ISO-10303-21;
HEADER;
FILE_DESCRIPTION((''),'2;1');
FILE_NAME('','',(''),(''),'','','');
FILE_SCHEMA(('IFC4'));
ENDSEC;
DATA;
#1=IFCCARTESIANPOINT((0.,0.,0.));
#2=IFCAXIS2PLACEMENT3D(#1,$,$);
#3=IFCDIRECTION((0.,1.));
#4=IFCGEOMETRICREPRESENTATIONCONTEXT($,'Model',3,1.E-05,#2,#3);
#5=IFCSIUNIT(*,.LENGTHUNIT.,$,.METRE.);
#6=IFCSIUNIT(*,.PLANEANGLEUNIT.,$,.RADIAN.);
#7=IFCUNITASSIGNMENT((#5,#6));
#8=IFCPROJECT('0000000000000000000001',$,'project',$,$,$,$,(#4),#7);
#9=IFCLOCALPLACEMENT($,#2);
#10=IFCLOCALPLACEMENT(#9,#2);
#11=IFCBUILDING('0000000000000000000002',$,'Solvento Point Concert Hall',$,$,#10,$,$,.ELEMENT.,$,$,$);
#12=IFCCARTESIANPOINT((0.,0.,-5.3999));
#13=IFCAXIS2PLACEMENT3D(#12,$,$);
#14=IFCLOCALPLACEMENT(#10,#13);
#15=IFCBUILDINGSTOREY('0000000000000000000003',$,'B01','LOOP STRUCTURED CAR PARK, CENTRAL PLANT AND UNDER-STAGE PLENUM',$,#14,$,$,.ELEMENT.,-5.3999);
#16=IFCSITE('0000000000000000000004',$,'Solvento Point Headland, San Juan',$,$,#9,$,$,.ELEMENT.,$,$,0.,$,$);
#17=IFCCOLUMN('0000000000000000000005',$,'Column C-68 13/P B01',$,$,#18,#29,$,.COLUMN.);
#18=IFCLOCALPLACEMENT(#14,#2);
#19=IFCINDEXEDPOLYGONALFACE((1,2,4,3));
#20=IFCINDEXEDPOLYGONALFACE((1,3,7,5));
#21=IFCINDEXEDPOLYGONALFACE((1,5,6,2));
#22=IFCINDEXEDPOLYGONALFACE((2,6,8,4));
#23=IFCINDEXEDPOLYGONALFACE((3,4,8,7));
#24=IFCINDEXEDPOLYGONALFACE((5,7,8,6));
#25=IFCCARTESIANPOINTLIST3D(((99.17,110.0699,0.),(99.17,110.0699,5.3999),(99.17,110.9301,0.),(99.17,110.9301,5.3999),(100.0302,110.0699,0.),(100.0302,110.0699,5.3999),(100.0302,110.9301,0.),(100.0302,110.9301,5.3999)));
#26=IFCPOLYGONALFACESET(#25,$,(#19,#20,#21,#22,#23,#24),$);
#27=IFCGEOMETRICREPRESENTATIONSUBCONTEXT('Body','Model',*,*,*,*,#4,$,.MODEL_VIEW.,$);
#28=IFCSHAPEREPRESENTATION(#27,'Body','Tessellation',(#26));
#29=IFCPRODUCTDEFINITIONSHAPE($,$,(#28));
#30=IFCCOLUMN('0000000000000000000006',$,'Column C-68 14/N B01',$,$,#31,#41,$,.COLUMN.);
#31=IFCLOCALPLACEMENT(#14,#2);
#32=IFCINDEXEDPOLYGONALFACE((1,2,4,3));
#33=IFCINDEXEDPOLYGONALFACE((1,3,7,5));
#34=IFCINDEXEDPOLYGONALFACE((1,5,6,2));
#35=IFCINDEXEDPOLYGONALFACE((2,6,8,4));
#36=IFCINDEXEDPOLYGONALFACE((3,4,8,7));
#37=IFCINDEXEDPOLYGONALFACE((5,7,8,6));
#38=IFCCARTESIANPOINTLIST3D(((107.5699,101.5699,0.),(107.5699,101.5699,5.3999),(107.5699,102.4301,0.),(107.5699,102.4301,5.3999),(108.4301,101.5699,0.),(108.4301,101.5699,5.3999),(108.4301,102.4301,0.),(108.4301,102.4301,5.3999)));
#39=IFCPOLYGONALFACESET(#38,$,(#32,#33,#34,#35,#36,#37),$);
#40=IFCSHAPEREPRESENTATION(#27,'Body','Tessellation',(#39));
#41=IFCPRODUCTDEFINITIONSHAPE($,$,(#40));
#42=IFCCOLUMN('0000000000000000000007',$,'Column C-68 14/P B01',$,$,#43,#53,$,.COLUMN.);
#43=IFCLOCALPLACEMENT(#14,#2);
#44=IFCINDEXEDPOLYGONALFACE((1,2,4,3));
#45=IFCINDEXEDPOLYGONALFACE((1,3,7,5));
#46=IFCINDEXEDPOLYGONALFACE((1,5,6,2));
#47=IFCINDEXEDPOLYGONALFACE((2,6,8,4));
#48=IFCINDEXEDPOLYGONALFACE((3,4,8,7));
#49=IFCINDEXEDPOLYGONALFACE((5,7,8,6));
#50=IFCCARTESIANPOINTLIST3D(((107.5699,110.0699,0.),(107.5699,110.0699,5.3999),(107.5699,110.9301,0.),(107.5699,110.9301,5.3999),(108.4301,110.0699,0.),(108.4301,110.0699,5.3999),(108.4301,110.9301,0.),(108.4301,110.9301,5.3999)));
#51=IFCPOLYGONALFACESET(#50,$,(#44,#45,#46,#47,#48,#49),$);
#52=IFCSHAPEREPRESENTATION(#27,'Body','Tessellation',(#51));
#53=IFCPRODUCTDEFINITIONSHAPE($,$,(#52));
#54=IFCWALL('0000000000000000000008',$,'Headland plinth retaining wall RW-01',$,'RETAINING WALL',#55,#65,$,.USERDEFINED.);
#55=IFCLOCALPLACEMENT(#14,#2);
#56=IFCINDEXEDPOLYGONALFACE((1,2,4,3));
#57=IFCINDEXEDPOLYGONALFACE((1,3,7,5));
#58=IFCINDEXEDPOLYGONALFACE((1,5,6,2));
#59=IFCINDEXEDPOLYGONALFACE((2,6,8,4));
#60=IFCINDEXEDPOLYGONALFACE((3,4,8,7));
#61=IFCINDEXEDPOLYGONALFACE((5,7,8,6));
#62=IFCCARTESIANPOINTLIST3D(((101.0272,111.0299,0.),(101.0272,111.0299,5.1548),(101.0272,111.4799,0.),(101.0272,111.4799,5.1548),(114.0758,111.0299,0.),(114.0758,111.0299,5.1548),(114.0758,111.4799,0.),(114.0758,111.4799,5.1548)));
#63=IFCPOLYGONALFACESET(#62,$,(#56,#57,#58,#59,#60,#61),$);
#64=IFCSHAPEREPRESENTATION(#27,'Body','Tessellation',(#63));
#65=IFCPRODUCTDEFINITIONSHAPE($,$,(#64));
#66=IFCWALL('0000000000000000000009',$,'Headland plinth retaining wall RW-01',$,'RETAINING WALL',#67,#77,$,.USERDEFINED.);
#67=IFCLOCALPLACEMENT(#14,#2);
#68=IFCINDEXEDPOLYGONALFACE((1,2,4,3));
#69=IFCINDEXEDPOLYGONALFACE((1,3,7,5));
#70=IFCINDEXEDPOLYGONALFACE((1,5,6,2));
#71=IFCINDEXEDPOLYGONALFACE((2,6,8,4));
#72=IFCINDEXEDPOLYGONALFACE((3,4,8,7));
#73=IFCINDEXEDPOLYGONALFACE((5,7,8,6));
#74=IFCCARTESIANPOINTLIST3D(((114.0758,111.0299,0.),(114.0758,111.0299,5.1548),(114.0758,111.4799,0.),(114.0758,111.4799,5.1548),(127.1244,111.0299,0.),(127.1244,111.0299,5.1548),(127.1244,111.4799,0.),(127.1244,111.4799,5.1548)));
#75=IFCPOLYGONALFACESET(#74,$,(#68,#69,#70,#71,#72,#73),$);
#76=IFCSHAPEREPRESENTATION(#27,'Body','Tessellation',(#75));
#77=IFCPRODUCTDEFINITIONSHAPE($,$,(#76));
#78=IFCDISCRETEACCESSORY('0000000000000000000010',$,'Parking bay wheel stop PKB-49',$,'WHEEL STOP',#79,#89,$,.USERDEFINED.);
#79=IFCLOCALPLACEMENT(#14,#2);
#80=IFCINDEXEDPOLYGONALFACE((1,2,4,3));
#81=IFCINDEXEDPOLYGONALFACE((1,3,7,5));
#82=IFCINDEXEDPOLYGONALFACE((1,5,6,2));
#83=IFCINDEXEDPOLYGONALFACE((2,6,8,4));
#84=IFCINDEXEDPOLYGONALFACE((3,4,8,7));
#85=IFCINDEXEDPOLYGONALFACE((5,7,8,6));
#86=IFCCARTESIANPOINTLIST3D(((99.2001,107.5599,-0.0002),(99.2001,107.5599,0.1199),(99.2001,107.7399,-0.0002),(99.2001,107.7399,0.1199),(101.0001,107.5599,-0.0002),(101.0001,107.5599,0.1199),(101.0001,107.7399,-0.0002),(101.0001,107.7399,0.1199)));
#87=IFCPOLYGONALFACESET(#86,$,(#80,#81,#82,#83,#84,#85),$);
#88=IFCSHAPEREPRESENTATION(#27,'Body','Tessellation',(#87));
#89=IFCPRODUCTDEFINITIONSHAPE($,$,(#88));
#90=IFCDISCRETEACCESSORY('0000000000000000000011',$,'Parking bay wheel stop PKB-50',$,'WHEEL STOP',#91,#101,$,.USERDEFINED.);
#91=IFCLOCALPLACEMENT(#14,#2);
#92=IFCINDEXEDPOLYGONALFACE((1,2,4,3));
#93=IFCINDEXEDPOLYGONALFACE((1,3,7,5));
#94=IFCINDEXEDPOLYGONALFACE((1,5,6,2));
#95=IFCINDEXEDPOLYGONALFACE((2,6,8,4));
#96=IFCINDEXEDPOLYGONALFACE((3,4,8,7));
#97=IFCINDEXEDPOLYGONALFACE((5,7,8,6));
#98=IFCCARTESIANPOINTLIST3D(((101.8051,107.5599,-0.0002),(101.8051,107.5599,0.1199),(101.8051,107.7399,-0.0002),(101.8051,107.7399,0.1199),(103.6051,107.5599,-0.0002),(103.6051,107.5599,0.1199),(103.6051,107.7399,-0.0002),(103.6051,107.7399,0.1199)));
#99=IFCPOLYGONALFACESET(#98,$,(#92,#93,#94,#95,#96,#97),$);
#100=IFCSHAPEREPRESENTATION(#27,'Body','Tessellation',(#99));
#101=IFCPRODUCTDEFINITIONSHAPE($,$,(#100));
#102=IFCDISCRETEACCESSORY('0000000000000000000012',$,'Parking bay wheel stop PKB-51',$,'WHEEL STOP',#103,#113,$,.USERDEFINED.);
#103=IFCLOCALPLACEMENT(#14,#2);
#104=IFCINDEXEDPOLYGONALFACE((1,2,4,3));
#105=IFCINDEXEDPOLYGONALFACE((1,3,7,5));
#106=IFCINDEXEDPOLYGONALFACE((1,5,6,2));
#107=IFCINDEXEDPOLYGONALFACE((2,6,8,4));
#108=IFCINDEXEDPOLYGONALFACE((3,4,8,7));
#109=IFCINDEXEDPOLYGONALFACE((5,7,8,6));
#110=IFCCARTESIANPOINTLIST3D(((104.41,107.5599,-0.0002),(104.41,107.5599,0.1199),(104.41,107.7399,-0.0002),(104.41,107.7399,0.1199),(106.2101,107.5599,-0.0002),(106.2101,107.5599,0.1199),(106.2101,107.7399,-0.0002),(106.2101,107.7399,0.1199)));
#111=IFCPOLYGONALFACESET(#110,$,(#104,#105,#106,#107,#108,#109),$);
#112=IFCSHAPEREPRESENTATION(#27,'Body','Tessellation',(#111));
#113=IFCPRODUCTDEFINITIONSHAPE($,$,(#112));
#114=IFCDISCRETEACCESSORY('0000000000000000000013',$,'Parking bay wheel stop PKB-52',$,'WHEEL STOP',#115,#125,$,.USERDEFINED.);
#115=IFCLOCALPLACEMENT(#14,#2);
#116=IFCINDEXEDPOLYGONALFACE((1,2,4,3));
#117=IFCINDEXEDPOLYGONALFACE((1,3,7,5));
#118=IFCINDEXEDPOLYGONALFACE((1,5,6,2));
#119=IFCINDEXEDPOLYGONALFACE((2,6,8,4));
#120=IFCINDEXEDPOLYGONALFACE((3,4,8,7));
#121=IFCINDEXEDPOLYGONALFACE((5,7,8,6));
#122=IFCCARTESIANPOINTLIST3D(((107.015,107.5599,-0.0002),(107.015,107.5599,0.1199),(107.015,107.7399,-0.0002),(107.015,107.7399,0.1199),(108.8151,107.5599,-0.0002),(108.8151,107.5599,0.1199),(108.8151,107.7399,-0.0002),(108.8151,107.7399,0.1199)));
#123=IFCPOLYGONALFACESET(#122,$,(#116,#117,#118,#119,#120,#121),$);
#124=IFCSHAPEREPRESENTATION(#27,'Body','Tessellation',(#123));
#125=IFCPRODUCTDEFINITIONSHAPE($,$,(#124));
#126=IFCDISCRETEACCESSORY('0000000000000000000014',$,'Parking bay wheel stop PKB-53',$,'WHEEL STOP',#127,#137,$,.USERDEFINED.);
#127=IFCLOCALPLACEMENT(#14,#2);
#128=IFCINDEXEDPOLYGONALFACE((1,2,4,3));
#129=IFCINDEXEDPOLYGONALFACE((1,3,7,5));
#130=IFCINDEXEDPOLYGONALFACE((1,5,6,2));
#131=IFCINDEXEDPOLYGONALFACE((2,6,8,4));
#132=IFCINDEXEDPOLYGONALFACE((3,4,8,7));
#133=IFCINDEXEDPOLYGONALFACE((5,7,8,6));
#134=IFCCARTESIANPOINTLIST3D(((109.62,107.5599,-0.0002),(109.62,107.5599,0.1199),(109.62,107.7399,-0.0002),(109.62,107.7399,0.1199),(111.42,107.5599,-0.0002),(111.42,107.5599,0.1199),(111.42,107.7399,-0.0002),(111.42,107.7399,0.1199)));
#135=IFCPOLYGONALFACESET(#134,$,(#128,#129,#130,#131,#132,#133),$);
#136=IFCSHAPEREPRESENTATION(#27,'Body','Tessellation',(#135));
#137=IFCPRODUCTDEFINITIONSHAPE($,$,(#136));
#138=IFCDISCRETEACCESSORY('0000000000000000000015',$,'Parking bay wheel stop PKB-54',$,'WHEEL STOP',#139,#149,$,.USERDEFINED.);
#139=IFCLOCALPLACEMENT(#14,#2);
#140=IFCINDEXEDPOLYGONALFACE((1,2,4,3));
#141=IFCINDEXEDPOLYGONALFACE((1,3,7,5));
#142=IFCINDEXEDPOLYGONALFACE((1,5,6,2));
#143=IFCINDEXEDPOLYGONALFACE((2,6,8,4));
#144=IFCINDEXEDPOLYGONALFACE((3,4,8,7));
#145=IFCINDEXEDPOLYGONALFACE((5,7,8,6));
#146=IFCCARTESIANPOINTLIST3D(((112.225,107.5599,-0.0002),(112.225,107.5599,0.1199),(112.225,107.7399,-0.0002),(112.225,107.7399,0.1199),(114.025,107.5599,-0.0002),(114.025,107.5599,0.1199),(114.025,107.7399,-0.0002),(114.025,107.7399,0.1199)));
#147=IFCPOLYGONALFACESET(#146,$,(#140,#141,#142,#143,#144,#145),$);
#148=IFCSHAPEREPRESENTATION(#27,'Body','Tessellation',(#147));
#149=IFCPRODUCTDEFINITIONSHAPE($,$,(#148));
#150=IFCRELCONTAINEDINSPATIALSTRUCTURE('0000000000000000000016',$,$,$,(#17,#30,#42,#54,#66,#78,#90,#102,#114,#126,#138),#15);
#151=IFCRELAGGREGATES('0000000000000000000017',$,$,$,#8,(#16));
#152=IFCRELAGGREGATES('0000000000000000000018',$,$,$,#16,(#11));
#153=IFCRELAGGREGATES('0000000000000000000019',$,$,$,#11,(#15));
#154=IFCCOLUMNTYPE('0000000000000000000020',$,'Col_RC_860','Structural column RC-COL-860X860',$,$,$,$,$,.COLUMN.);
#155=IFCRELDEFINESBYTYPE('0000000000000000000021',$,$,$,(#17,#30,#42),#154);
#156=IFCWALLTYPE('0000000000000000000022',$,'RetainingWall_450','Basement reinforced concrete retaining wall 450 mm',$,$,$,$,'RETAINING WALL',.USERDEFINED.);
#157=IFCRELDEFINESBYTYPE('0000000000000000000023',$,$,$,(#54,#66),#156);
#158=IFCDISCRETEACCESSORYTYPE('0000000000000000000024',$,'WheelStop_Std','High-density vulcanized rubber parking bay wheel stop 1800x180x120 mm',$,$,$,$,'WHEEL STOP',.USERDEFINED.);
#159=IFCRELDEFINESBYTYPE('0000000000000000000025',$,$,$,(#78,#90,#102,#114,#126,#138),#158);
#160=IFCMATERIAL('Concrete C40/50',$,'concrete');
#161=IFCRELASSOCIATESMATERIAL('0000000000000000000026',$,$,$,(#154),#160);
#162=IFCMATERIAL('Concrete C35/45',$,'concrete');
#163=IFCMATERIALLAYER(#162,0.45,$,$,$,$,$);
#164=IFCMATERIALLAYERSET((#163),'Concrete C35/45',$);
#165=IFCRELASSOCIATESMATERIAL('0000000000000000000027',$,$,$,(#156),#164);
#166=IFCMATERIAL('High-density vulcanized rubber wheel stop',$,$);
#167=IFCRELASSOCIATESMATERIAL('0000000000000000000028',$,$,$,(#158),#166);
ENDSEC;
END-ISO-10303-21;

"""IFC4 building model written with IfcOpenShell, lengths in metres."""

from ifc_helpers import new_model, si_unit, direction, frame, frame_2d, origin, origin_2d, place, context, subcontext, project, spatial, rectangle, extrude, material, layer, layer_set, material_profile, profile_set, type_object, element, save


model = new_model("IFC4")

# Units and contexts
model_context = context("Model", 3, precision=1e-05, world=origin(), true_north=direction((0.0, 1.0)))
body_context = subcontext(model_context, "Body", "Model", "MODEL_VIEW")
ifc_project = project(units=[si_unit("LENGTHUNIT", "METRE"), si_unit("PLANEANGLEUNIT", "RADIAN")], contexts=[model_context])

# Site, building, storey
site_placement = place(None, origin())
site = spatial("IfcSite", under=ifc_project, at=site_placement, Name="Solvento Point Headland, San Juan", CompositionType="ELEMENT", RefElevation=0.0)
building_placement = place(site_placement, origin())
building = spatial("IfcBuilding", under=site, at=building_placement, Name="Solvento Point Concert Hall", CompositionType="ELEMENT")
storey_placement = place(building_placement, frame((0.0, 0.0, -5.3999)))
storey = spatial("IfcBuildingStorey", under=building, at=storey_placement, Name="B01", Description="LOOP STRUCTURED CAR PARK, CENTRAL PLANT AND UNDER-STAGE PLENUM", CompositionType="ELEMENT", Elevation=-5.3999)

# Columns
ifc_material_1 = material(Name="Concrete C40/50", Category="concrete")
ifc_material_profile_1 = material_profile(ifc_material_1, rectangle(XDim=0.8601, YDim=0.8601, at=origin_2d()), Name="RC-COL-860X860")
ifc_profile_set_1 = profile_set([ifc_material_profile_1], Name="Concrete C40/50")
column_type = type_object("IfcColumnType", Name="Col_RC_860", Description="Structural column RC-COL-860X860", PredefinedType="COLUMN", material=ifc_profile_set_1)
for number, where, z_axis, x_axis, name in (
    (1, (99.6001, 110.5, 0.0), (0.0, 0.0, 1.0), (1.0, 0.0, 0.0), "Column C-68 13/P B01"),
    (2, (108.0, 102.0, 0.0), (0.0, 0.0, 1.0), (1.0, 0.0, 0.0), "Column C-68 14/N B01"),
    (3, (108.0, 110.5, 0.0), (0.0, 0.0, 1.0), (1.0, 0.0, 0.0), "Column C-68 14/P B01"),
):
    element("IfcColumn", number, at=place(storey_placement, frame(where, z_axis=z_axis, x_axis=x_axis)), inside=storey, type_object=column_type, Name=name, PredefinedType="COLUMN", context=body_context, shape_type="SweptSolid", body=[
        extrude(rectangle(XDim=0.8601, YDim=0.8601, at=origin_2d()), origin(), (0.0, 0.0, 1.0), 5.3999),
    ])

# Walls
ifc_material_2 = material(Name="Concrete C35/45", Category="concrete")
ifc_layer = layer(ifc_material_2, 0.45)
ifc_layer_set = layer_set([ifc_layer], Name="Concrete C35/45")
wall_type = type_object("IfcWallType", Name="RetainingWall_450", Description="Basement reinforced concrete retaining wall 450 mm", ElementType="RETAINING WALL", PredefinedType="USERDEFINED", material=ifc_layer_set)
for number, where, z_axis, x_axis, name in (
    (4, (101.0271, 111.2549, 0.0), (0.0, 0.0, 1.0), (1.0, 0.0, 0.0), "Headland plinth retaining wall RW-01"),
    (5, (114.0757, 111.2549, 0.0), (0.0, 0.0, 1.0), (1.0, 0.0, 0.0), "Headland plinth retaining wall RW-01"),
):
    element("IfcWall", number, at=place(storey_placement, frame(where, z_axis=z_axis, x_axis=x_axis)), inside=storey, type_object=wall_type, Name=name, ObjectType="RETAINING WALL", PredefinedType="USERDEFINED", context=body_context, shape_type="SweptSolid", body=[
        extrude(rectangle(XDim=13.0486, YDim=0.45, at=frame_2d((6.5244, 0.0))), origin(), (0.0, 0.0, 1.0), 5.1548),
    ])

# Discrete accessories
ifc_material_3 = material(Name="High-density vulcanized rubber wheel stop")
discrete_accessory_type = type_object("IfcDiscreteAccessoryType", Name="WheelStop_Std", Description="High-density vulcanized rubber parking bay wheel stop 1800x180x120 mm", ElementType="WHEEL STOP", PredefinedType="USERDEFINED", material=ifc_material_3)
for number, where, z_axis, x_axis, name in (
    (6, (100.1001, 107.6499, -0.0002), (0.0, 0.0, 1.0), (1.0, 0.0, 0.0), "Parking bay wheel stop PKB-49"),
    (7, (102.7051, 107.6499, -0.0002), (0.0, 0.0, 1.0), (1.0, 0.0, 0.0), "Parking bay wheel stop PKB-50"),
    (8, (105.3101, 107.6499, -0.0002), (0.0, 0.0, 1.0), (1.0, 0.0, 0.0), "Parking bay wheel stop PKB-51"),
    (9, (107.915, 107.6499, -0.0002), (0.0, 0.0, 1.0), (1.0, 0.0, 0.0), "Parking bay wheel stop PKB-52"),
    (10, (110.52, 107.6499, -0.0002), (0.0, 0.0, 1.0), (1.0, 0.0, 0.0), "Parking bay wheel stop PKB-53"),
    (11, (113.125, 107.6499, -0.0002), (0.0, 0.0, 1.0), (1.0, 0.0, 0.0), "Parking bay wheel stop PKB-54"),
):
    element("IfcDiscreteAccessory", number, at=place(storey_placement, frame(where, z_axis=z_axis, x_axis=x_axis)), inside=storey, type_object=discrete_accessory_type, Name=name, ObjectType="WHEEL STOP", PredefinedType="USERDEFINED", context=body_context, shape_type="SweptSolid", body=[
        extrude(rectangle(XDim=1.8, YDim=0.1799, at=origin_2d()), origin(), (0.0, 0.0, 1.0), 0.1201),
    ])

save(model, "model.ifc")
